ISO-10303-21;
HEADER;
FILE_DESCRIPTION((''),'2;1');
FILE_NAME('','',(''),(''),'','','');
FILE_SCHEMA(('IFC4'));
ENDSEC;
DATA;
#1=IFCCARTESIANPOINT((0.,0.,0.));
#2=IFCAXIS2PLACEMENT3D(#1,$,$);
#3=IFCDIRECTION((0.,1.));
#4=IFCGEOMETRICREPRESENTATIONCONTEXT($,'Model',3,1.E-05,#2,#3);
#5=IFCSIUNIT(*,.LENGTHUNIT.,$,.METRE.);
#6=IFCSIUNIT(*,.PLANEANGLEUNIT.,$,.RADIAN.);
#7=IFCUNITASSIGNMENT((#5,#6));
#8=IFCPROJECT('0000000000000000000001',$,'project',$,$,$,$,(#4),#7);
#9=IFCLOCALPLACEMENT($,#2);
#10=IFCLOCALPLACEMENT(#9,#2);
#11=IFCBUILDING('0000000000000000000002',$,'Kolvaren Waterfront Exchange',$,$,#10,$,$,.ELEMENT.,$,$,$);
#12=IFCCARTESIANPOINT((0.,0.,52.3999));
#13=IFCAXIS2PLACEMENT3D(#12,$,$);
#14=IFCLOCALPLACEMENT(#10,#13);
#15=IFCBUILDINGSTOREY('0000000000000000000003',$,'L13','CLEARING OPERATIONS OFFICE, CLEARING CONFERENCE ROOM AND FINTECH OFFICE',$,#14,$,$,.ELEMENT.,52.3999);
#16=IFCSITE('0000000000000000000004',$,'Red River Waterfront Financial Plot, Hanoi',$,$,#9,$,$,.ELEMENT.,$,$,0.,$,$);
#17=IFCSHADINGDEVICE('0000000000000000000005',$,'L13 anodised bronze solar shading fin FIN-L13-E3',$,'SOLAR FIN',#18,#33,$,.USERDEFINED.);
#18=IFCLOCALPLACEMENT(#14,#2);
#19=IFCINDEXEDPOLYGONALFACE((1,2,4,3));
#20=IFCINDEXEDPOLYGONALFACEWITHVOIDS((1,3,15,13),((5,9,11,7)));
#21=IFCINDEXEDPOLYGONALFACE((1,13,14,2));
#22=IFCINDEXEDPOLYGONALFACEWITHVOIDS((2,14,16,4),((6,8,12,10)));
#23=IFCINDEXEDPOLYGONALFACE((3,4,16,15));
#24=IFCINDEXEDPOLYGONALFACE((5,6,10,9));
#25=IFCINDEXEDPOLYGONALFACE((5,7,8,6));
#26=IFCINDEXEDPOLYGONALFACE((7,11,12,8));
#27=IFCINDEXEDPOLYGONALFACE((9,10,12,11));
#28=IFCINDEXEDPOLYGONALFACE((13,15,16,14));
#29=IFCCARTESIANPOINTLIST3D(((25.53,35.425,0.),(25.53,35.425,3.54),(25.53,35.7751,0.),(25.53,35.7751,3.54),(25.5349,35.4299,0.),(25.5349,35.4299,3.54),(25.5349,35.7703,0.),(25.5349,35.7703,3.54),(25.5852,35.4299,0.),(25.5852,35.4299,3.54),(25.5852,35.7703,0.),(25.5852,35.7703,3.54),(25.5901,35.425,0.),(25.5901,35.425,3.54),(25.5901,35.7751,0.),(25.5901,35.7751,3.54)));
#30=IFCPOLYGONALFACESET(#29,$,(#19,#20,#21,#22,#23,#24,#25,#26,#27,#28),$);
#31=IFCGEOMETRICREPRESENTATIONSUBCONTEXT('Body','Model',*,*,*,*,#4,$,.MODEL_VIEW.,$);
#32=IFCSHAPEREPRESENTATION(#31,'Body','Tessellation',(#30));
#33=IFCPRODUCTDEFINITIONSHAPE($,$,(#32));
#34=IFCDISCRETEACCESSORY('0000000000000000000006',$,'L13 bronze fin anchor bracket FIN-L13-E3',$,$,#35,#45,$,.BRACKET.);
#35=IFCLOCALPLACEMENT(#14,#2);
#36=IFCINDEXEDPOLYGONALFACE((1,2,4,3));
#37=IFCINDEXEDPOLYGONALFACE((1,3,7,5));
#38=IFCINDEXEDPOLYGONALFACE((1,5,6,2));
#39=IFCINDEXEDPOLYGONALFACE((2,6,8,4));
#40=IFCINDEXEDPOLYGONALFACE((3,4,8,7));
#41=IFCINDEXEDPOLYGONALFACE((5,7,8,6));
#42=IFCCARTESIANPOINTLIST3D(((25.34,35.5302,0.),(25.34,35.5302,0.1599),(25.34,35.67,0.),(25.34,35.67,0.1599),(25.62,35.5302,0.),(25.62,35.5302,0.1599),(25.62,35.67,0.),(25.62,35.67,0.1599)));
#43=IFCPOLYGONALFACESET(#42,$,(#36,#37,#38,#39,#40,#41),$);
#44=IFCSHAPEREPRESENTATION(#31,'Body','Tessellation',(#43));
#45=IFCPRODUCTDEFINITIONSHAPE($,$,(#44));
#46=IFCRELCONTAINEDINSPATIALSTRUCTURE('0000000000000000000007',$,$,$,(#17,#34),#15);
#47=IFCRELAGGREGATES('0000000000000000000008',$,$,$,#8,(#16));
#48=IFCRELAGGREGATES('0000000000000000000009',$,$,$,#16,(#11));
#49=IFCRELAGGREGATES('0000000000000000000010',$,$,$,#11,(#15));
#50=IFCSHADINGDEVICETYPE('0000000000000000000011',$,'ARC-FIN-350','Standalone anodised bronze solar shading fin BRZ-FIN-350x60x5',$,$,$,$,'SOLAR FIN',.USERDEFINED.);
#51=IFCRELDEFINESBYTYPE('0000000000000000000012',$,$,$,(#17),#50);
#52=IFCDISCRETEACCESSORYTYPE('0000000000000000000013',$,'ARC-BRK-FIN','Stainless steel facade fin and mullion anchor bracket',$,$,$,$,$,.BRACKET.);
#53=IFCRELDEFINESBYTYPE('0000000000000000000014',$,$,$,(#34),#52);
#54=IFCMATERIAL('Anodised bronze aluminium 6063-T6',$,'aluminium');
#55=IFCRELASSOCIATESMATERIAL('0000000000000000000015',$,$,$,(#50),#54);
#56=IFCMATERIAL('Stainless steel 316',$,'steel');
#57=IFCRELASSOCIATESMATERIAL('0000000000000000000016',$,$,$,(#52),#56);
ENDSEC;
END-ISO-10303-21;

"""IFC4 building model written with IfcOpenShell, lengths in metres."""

from ifc_helpers import new_model, si_unit, direction, frame, origin, origin_with_axes, origin_2d, place, context, subcontext, project, spatial, rectangle, hollow_rectangle, extrude, source, transform, mapped, material, material_profile, profile_set, type_object, element, save


model = new_model("IFC4")

# Units and contexts
model_context = context("Model", 3, precision=1e-05, world=origin(), true_north=direction((0.0, 1.0)))
body_context = subcontext(model_context, "Body", "Model", "MODEL_VIEW")
ifc_project = project(units=[si_unit("LENGTHUNIT", "METRE"), si_unit("PLANEANGLEUNIT", "RADIAN")], contexts=[model_context])

# Site, building, storey
site_placement = place(None, origin())
site = spatial("IfcSite", under=ifc_project, at=site_placement, Name="Red River Waterfront Financial Plot, Hanoi", CompositionType="ELEMENT", RefElevation=0.0)
building_placement = place(site_placement, origin())
building = spatial("IfcBuilding", under=site, at=building_placement, Name="Kolvaren Waterfront Exchange", CompositionType="ELEMENT")
storey_placement = place(building_placement, frame((0.0, 0.0, 52.3999)))
storey = spatial("IfcBuildingStorey", under=building, at=storey_placement, Name="L13", Description="CLEARING OPERATIONS OFFICE, CLEARING CONFERENCE ROOM AND FINTECH OFFICE", CompositionType="ELEMENT", Elevation=52.3999)

# Shared definitions
ifc_material_1 = material(Name="Anodised bronze aluminium 6063-T6", Category="aluminium")

# Shading device
ifc_material_profile_1 = material_profile(ifc_material_1, hollow_rectangle(XDim=0.0601, YDim=0.3501, WallThickness=0.0049, at=origin_2d()), Name="BRZ-FIN-350x60x5")
ifc_profile_set_1 = profile_set([ifc_material_profile_1], Name="Anodised bronze aluminium 6063-T6")
shading_device_type = type_object("IfcShadingDeviceType", Name="ARC-FIN-350", Description="Standalone anodised bronze solar shading fin BRZ-FIN-350x60x5", ElementType="SOLAR FIN", PredefinedType="USERDEFINED", material=ifc_profile_set_1)
shading_device_placement = place(storey_placement, frame((25.5601, 35.6001, 0.0), z_axis=(0.0, 0.0, 1.0), x_axis=(1.0, 0.0, 0.0)))
element("IfcShadingDevice", 1, at=shading_device_placement, inside=storey, type_object=shading_device_type, Name="L13 anodised bronze solar shading fin FIN-L13-E3", ObjectType="SOLAR FIN", PredefinedType="USERDEFINED", context=body_context, shape_type="SweptSolid", body=[
    extrude(hollow_rectangle(XDim=0.0601, YDim=0.3501, WallThickness=0.0049, at=origin_2d()), origin(), (0.0, 0.0, 1.0), 3.54),
])

# Discrete accessory
ifc_material_2 = material(Name="Stainless steel 316", Category="steel")
discrete_accessory_type = type_object("IfcDiscreteAccessoryType", Name="ARC-BRK-FIN", Description="Stainless steel facade fin and mullion anchor bracket", PredefinedType="BRACKET", material=ifc_material_2)
shared_shape_1 = source(origin_with_axes(), body_context, "Body", "SweptSolid", [
    extrude(rectangle(XDim=0.28, YDim=0.1399, at=origin_2d()), origin(), (0.0, 0.0, 1.0), 0.1599),
])
discrete_accessory_placement = place(storey_placement, frame((25.48, 35.6001, 0.0), z_axis=(0.0, 0.0, 1.0), x_axis=(1.0, 0.0, 0.0)))
element("IfcDiscreteAccessory", 2, at=discrete_accessory_placement, inside=storey, type_object=discrete_accessory_type, Name="L13 bronze fin anchor bracket FIN-L13-E3", PredefinedType="BRACKET", context=body_context, shape_type="MappedRepresentation", body=[
    mapped(shared_shape_1, transform((0.0, 0.0, 0.0), x_axis=(1.0, 0.0, 0.0), y_axis=(0.0, 1.0, 0.0), z_axis=(0.0, 0.0, 1.0), scale=1.0)),
])

save(model, "model.ifc")
